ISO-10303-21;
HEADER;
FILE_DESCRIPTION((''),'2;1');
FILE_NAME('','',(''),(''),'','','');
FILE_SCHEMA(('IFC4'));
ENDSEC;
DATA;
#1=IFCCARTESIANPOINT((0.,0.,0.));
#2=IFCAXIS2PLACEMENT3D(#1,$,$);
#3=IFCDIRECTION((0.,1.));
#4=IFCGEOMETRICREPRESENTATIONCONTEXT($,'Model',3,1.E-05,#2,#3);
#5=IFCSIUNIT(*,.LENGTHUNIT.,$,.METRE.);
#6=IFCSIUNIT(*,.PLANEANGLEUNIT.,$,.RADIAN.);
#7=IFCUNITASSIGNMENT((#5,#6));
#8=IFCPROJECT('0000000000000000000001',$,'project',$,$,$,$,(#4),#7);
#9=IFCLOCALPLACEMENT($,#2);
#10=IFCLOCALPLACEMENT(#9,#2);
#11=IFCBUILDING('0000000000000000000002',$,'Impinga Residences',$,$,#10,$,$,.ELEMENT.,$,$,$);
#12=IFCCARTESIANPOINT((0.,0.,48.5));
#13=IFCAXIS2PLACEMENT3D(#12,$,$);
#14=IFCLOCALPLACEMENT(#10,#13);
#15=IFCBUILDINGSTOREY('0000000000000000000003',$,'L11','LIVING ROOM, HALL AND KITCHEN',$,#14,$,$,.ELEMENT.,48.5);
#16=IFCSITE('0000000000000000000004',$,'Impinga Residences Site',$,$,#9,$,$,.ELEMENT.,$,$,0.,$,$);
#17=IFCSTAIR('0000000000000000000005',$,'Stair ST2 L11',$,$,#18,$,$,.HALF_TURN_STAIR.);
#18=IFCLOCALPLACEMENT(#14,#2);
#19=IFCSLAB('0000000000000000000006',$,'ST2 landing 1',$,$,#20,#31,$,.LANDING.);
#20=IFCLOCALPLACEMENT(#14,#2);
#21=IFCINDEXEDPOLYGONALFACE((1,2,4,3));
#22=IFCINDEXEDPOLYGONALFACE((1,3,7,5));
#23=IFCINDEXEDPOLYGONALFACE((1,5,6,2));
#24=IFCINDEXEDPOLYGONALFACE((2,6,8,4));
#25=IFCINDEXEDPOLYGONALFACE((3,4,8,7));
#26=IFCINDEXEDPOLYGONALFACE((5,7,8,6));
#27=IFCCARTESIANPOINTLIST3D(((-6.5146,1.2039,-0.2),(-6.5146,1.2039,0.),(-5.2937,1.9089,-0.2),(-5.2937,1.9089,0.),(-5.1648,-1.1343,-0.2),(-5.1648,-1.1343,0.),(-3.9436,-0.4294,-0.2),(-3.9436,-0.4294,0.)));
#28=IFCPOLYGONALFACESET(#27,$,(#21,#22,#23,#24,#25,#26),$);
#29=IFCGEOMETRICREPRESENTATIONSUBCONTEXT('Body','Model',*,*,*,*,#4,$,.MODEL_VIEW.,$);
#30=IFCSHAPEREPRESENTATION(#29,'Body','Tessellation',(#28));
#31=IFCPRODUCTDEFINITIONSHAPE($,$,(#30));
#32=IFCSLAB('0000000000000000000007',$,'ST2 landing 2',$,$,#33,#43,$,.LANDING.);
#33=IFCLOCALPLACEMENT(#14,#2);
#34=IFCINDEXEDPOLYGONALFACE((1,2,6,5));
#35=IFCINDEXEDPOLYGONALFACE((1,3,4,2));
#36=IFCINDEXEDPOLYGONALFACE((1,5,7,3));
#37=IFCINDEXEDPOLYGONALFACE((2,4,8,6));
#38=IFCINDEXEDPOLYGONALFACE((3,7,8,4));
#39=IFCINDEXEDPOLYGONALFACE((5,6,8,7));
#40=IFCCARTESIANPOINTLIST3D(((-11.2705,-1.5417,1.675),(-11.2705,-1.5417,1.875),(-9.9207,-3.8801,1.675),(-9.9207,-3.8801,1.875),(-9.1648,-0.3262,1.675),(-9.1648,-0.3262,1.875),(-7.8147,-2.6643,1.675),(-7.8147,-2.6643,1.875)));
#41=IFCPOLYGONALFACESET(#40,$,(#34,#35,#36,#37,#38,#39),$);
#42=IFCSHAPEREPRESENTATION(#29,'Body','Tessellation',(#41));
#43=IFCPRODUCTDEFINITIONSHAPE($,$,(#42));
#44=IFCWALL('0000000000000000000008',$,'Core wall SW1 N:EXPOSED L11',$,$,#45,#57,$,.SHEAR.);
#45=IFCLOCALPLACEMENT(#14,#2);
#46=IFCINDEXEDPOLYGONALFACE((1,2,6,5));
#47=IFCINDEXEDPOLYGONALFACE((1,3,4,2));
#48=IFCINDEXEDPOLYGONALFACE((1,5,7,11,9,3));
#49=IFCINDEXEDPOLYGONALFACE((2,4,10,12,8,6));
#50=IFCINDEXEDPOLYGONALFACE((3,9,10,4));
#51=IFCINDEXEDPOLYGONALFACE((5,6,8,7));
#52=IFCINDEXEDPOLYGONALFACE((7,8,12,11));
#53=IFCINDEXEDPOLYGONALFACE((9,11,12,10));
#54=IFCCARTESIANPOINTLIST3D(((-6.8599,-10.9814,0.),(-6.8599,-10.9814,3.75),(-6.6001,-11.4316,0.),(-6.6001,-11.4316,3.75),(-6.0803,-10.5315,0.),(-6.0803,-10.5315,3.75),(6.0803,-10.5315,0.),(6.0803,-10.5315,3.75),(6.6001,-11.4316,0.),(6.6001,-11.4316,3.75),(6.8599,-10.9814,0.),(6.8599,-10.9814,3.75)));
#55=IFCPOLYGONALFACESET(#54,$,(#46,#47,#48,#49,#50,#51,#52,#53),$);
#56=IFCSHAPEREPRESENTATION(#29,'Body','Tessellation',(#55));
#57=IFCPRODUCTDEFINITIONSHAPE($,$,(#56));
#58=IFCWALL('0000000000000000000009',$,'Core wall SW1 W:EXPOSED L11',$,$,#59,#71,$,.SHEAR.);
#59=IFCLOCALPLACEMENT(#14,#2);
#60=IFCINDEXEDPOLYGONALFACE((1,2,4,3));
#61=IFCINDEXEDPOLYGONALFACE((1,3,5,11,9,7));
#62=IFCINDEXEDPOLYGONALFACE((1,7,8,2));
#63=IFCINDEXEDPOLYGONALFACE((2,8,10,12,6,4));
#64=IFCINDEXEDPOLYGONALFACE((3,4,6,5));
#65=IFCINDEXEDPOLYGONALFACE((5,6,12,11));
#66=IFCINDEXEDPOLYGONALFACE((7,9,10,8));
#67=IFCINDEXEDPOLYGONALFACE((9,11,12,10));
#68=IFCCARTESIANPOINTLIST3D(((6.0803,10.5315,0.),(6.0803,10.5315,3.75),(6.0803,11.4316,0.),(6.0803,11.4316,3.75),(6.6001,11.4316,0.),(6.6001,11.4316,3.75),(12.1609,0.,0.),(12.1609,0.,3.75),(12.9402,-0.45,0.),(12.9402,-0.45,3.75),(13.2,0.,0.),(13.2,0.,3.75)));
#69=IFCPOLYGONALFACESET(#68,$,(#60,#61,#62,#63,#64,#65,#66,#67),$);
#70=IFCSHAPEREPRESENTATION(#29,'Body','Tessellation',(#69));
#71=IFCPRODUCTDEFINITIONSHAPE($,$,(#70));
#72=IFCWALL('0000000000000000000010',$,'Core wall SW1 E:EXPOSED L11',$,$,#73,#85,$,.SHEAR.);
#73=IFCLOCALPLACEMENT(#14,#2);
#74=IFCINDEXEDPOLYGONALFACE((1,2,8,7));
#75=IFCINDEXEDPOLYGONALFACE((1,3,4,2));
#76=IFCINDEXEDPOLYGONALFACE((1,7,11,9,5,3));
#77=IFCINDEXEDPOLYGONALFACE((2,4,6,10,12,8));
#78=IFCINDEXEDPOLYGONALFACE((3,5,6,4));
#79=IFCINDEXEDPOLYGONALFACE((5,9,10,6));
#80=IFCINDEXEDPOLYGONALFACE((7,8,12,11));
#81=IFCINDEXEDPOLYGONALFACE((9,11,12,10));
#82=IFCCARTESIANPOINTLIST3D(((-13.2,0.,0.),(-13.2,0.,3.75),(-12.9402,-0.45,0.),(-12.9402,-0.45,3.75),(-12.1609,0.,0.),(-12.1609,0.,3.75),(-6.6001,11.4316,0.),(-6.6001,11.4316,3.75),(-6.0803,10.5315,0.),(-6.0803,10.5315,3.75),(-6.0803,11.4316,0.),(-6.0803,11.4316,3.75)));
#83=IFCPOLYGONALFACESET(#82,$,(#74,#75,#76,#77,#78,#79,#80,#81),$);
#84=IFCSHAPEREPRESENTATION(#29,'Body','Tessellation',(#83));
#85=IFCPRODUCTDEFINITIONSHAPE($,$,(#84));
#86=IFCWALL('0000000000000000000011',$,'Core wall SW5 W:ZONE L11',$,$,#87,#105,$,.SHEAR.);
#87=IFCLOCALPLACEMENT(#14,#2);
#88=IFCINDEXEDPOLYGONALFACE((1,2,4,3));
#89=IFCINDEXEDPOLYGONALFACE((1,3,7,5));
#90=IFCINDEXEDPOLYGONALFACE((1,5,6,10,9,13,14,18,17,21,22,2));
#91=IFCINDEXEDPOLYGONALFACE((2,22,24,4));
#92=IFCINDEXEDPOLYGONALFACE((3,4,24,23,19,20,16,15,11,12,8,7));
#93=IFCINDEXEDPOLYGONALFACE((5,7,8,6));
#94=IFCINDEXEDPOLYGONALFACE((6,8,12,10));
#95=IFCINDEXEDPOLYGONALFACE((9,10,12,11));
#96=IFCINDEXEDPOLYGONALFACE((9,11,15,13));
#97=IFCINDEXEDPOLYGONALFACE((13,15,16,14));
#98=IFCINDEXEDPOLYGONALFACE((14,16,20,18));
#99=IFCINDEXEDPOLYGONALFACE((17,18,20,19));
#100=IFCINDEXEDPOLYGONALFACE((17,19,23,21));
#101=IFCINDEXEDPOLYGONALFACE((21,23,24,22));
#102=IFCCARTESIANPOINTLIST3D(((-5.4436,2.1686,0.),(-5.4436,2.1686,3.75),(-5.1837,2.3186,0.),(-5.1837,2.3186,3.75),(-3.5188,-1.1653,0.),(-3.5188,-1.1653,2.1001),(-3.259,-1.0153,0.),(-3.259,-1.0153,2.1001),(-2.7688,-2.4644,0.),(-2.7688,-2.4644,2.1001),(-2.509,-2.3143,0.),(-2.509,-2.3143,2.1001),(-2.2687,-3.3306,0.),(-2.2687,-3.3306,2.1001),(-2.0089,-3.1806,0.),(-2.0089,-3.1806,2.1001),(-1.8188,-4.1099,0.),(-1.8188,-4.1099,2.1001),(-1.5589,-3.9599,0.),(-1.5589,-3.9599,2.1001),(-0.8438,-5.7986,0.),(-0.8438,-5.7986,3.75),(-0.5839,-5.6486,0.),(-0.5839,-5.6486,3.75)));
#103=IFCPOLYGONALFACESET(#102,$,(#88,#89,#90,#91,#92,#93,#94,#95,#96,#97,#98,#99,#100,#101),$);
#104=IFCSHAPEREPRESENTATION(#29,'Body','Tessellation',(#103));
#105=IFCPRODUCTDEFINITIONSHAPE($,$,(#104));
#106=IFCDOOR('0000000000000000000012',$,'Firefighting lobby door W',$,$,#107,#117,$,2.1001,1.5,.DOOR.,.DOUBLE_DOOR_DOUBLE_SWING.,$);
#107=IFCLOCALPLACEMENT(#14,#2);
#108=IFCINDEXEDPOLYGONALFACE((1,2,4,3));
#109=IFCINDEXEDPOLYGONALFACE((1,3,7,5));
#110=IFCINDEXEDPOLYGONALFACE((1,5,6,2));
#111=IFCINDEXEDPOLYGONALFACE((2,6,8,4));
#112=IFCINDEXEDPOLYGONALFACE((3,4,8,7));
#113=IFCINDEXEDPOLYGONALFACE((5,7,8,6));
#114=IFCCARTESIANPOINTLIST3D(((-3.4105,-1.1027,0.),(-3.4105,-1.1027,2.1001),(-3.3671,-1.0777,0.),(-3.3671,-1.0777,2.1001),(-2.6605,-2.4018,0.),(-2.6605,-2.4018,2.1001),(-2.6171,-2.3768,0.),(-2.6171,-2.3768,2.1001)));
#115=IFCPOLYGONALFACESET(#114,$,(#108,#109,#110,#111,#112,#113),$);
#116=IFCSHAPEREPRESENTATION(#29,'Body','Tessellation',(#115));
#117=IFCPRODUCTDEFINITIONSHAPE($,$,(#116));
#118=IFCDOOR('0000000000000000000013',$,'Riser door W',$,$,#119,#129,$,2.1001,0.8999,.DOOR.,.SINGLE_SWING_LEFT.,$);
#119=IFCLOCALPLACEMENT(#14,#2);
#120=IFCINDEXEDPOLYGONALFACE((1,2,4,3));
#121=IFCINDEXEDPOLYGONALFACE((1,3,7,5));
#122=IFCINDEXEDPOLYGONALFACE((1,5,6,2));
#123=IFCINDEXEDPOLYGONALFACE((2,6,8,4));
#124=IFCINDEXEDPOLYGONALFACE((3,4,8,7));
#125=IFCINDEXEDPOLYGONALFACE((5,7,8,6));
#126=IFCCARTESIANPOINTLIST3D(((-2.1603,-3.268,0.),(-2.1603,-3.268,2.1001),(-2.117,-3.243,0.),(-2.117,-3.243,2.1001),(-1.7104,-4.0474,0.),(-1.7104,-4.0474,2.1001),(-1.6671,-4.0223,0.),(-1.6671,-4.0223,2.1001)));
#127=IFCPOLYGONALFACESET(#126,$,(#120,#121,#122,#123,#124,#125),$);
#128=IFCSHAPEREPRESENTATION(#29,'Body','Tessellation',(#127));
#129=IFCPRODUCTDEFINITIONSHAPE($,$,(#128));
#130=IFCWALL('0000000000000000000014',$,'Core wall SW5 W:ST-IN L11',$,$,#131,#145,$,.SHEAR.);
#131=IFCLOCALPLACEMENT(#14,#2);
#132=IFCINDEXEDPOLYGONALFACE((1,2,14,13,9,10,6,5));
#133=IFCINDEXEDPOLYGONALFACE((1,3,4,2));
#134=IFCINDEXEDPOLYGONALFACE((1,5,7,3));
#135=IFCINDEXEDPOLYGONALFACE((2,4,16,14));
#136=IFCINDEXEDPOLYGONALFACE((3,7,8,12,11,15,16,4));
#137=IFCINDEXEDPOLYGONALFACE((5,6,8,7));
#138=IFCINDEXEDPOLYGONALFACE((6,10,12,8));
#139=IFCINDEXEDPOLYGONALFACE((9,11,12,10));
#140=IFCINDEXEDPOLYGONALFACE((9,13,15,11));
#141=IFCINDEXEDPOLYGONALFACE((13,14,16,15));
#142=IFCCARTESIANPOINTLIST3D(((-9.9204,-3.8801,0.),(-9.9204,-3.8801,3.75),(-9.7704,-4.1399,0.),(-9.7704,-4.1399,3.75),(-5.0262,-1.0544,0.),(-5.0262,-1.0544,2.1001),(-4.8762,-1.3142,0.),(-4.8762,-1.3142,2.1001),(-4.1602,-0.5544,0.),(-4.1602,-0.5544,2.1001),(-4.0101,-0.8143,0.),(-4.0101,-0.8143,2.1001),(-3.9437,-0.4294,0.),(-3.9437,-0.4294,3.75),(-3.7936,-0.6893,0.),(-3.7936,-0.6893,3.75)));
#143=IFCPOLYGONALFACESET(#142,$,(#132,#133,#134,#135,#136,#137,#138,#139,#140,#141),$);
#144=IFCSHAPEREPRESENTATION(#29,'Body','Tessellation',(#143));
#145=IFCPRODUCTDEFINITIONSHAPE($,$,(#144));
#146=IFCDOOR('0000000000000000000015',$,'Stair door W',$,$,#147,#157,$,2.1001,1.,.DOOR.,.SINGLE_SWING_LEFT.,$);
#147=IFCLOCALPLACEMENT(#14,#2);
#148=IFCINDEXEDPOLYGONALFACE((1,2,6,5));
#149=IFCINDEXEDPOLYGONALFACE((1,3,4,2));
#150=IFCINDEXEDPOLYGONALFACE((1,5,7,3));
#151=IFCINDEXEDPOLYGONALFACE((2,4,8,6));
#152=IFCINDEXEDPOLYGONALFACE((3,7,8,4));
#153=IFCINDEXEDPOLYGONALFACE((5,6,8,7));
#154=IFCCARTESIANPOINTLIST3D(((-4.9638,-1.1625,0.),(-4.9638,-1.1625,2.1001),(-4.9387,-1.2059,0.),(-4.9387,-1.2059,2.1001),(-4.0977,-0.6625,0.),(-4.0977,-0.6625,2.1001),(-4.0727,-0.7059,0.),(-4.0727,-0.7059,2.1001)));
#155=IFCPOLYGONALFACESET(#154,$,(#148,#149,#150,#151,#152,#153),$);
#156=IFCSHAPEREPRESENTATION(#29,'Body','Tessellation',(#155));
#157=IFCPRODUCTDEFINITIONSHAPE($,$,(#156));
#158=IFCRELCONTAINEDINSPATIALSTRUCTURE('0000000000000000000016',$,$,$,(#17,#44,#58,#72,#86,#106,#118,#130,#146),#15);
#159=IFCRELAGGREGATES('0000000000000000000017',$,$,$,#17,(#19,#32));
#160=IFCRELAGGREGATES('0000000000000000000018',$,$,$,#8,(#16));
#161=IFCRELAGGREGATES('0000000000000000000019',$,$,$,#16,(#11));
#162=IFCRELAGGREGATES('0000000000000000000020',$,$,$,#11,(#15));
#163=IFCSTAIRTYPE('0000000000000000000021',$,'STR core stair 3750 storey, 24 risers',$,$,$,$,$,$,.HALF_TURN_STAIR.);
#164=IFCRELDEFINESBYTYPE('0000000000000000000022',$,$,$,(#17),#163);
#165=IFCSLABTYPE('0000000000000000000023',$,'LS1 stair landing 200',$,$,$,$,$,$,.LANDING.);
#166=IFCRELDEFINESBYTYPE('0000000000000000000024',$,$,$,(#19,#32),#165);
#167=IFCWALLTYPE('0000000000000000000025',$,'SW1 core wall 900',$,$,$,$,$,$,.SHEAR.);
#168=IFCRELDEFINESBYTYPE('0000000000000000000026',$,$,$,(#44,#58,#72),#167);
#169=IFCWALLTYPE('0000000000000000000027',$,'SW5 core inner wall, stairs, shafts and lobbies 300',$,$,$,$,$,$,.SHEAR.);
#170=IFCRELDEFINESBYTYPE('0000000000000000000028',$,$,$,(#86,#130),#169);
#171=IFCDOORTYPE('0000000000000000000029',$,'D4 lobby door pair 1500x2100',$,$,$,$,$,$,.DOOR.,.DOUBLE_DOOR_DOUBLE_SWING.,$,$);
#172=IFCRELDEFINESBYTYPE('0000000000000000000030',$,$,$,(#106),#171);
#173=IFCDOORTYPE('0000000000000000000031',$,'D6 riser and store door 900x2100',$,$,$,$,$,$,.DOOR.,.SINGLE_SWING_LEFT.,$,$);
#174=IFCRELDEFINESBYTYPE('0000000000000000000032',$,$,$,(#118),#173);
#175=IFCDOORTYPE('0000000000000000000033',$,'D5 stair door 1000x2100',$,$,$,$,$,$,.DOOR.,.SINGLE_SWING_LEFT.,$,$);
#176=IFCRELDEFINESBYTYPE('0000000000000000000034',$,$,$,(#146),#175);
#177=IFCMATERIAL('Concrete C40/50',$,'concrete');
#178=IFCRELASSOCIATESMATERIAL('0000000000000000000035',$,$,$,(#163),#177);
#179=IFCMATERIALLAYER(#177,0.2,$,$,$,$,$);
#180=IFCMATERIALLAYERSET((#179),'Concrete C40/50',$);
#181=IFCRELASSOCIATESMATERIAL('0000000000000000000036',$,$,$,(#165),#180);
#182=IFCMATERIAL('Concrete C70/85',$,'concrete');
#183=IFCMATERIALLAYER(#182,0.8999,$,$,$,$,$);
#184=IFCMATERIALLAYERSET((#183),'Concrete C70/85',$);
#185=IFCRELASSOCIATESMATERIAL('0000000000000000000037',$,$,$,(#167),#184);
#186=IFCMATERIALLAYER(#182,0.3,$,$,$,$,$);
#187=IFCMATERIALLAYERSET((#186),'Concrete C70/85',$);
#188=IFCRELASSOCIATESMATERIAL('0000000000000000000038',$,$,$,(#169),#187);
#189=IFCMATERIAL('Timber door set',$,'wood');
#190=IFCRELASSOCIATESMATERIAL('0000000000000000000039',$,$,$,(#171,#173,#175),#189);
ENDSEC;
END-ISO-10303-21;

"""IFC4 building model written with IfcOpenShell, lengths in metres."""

from ifc_helpers import new_model, si_unit, direction, frame, frame_2d, origin, place, context, subcontext, project, spatial, polyline, rectangle, outline, extrude, material, layer, layer_set, type_object, element, fill, aggregate, save


model = new_model("IFC4")

# Units and contexts
model_context = context("Model", 3, precision=1e-05, world=origin(), true_north=direction((0.0, 1.0)))
body_context = subcontext(model_context, "Body", "Model", "MODEL_VIEW")
ifc_project = project(units=[si_unit("LENGTHUNIT", "METRE"), si_unit("PLANEANGLEUNIT", "RADIAN")], contexts=[model_context])

# Site, building, storey
site_placement = place(None, origin())
site = spatial("IfcSite", under=ifc_project, at=site_placement, Name="Impinga Residences Site", CompositionType="ELEMENT", RefElevation=0.0)
building_placement = place(site_placement, origin())
building = spatial("IfcBuilding", under=site, at=building_placement, Name="Impinga Residences", CompositionType="ELEMENT")
storey_placement = place(building_placement, frame((0.0, 0.0, 48.5)))
storey = spatial("IfcBuildingStorey", under=building, at=storey_placement, Name="L11", Description="LIVING ROOM, HALL AND KITCHEN", CompositionType="ELEMENT", Elevation=48.5)

# Stair, slabs
ifc_material_1 = material(Name="Concrete C40/50", Category="concrete")
stair_type = type_object("IfcStairType", Name="STR core stair 3750 storey, 24 risers", PredefinedType="HALF_TURN_STAIR", material=ifc_material_1)
ifc_layer_1 = layer(ifc_material_1, 0.2)
ifc_layer_set_1 = layer_set([ifc_layer_1], Name="Concrete C40/50")
slab_type_1 = type_object("IfcSlabType", Name="LS1 stair landing 200", PredefinedType="LANDING", material=ifc_layer_set_1)
stair_1_placement = place(storey_placement, origin())
stair_1 = element("IfcStair", 1, at=stair_1_placement, inside=storey, type_object=stair_type, Name="Stair ST2 L11", PredefinedType="HALF_TURN_STAIR")
slab_1_placement = place(storey_placement, frame((0.0, 0.0, -0.2)))
slab_1 = element("IfcSlab", 2, at=slab_1_placement, type_object=slab_type_1, Name="ST2 landing 1", PredefinedType="LANDING", context=body_context, shape_type="SweptSolid", body=[
    extrude(outline(polyline([(-3.9436, -0.4294), (-5.2937, 1.9089), (-6.5146, 1.2039), (-5.1648, -1.1343), (-3.9436, -0.4294)])), origin(), (0.0, 0.0, 1.0), 0.2),
])
slab_2_placement = place(storey_placement, frame((0.0, 0.0, 1.675)))
slab_2 = element("IfcSlab", 3, at=slab_2_placement, type_object=slab_type_1, Name="ST2 landing 2", PredefinedType="LANDING", context=body_context, shape_type="SweptSolid", body=[
    extrude(outline(polyline([(-7.8147, -2.6643), (-9.1648, -0.3262), (-11.2705, -1.5417), (-9.9207, -3.8801), (-7.8147, -2.6643)])), origin(), (0.0, 0.0, 1.0), 0.2),
])

# Walls
ifc_material_2 = material(Name="Concrete C70/85", Category="concrete")
ifc_layer_2 = layer(ifc_material_2, 0.8999)
ifc_layer_set_2 = layer_set([ifc_layer_2], Name="Concrete C70/85")
wall_type_1 = type_object("IfcWallType", Name="SW1 core wall 900", PredefinedType="SHEAR", material=ifc_layer_set_2)
wall_1_placement = place(storey_placement, origin())
element("IfcWall", 4, at=wall_1_placement, inside=storey, type_object=wall_type_1, Name="Core wall SW1 N:EXPOSED L11", PredefinedType="SHEAR", context=body_context, shape_type="SweptSolid", body=[
    extrude(outline(polyline([(-6.6001, -11.4316), (6.6001, -11.4316), (6.8599, -10.9814), (6.0803, -10.5315), (-6.0803, -10.5315), (-6.8599, -10.9814), (-6.6001, -11.4316)])), origin(), (0.0, 0.0, 1.0), 3.75),
])
wall_2_placement = place(storey_placement, origin())
element("IfcWall", 5, at=wall_2_placement, inside=storey, type_object=wall_type_1, Name="Core wall SW1 W:EXPOSED L11", PredefinedType="SHEAR", context=body_context, shape_type="SweptSolid", body=[
    extrude(outline(polyline([(13.2, 0.0), (6.6001, 11.4316), (6.0803, 11.4316), (6.0803, 10.5315), (12.1609, 0.0), (12.9402, -0.45), (13.2, 0.0)])), origin(), (0.0, 0.0, 1.0), 3.75),
])
wall_3_placement = place(storey_placement, origin())
element("IfcWall", 6, at=wall_3_placement, inside=storey, type_object=wall_type_1, Name="Core wall SW1 E:EXPOSED L11", PredefinedType="SHEAR", context=body_context, shape_type="SweptSolid", body=[
    extrude(outline(polyline([(-6.6001, 11.4316), (-13.2, 0.0), (-12.9402, -0.45), (-12.1609, 0.0), (-6.0803, 10.5315), (-6.0803, 11.4316), (-6.6001, 11.4316)])), origin(), (0.0, 0.0, 1.0), 3.75),
])

# Wall, openings, doors
ifc_layer_3 = layer(ifc_material_2, 0.3)
ifc_layer_set_3 = layer_set([ifc_layer_3], Name="Concrete C70/85")
wall_type_2 = type_object("IfcWallType", Name="SW5 core inner wall, stairs, shafts and lobbies 300", PredefinedType="SHEAR", material=ifc_layer_set_3)
wall_4_placement = place(storey_placement, frame((-0.7139, -5.7236, 0.0), z_axis=(0.0, 0.0, 1.0), x_axis=(-0.499995, 0.866028, 0.0)))
wall_4 = element("IfcWall", 7, at=wall_4_placement, inside=storey, type_object=wall_type_2, Name="Core wall SW5 W:ZONE L11", PredefinedType="SHEAR", context=body_context, shape_type="SweptSolid", body=[
    extrude(rectangle(XDim=9.1997, YDim=0.3, at=frame_2d((4.5999, 0.0))), origin(), (0.0, 0.0, 1.0), 3.75),
])
opening_1_placement = place(wall_4_placement, frame((3.8501, 0.0, 0.0)))
opening_1 = element("IfcOpeningElement", 8, at=opening_1_placement, cuts=wall_4, PredefinedType="OPENING", context=body_context, shape_type="SweptSolid", body=[
    extrude(rectangle(XDim=1.5, YDim=2.1001, at=frame_2d((0.75, 1.05))), frame((0.0, 0.1599, 0.0), z_axis=(0.0, -1.0, 0.0), x_axis=(1.0, 0.0, 0.0)), (0.0, 0.0, 1.0), 0.3201),
])
opening_2_placement = place(wall_4_placement, frame((1.95, 0.0, 0.0)))
opening_2 = element("IfcOpeningElement", 9, at=opening_2_placement, cuts=wall_4, PredefinedType="OPENING", context=body_context, shape_type="SweptSolid", body=[
    extrude(rectangle(XDim=0.8999, YDim=2.1001, at=frame_2d((0.45, 1.05))), frame((0.0, 0.1599, 0.0), z_axis=(0.0, -1.0, 0.0), x_axis=(1.0, 0.0, 0.0)), (0.0, 0.0, 1.0), 0.3201),
])
ifc_material_3 = material(Name="Timber door set", Category="wood")
door_type_1 = type_object("IfcDoorType", Name="D4 lobby door pair 1500x2100", OperationType="DOUBLE_DOOR_DOUBLE_SWING", PredefinedType="DOOR", material=ifc_material_3)
door_1_placement = place(opening_1_placement, origin())
door_1 = element("IfcDoor", 10, at=door_1_placement, inside=storey, type_object=door_type_1, Name="Firefighting lobby door W", OperationType="DOUBLE_DOOR_DOUBLE_SWING", OverallHeight=2.1001, OverallWidth=1.5, PredefinedType="DOOR", context=body_context, shape_type="SweptSolid", body=[
    extrude(rectangle(XDim=1.5, YDim=2.1001, at=frame_2d((0.75, 1.05))), frame((0.0, 0.0249, 0.0), z_axis=(0.0, -1.0, 0.0), x_axis=(1.0, 0.0, 0.0)), (0.0, 0.0, 1.0), 0.05),
])
fill(opening_1, door_1)
door_type_2 = type_object("IfcDoorType", Name="D6 riser and store door 900x2100", OperationType="SINGLE_SWING_LEFT", PredefinedType="DOOR", material=ifc_material_3)
door_2_placement = place(opening_2_placement, origin())
door_2 = element("IfcDoor", 11, at=door_2_placement, inside=storey, type_object=door_type_2, Name="Riser door W", OperationType="SINGLE_SWING_LEFT", OverallHeight=2.1001, OverallWidth=0.8999, PredefinedType="DOOR", context=body_context, shape_type="SweptSolid", body=[
    extrude(rectangle(XDim=0.8999, YDim=2.1001, at=frame_2d((0.45, 1.05))), frame((0.0, 0.0249, 0.0), z_axis=(0.0, -1.0, 0.0), x_axis=(1.0, 0.0, 0.0)), (0.0, 0.0, 1.0), 0.05),
])
fill(opening_2, door_2)

# Wall, opening, door
wall_5_placement = place(storey_placement, frame((-3.8687, -0.5593, 0.0), z_axis=(0.0, 0.0, 1.0), x_axis=(-0.866027, -0.499997, 0.0)))
wall_5 = element("IfcWall", 12, at=wall_5_placement, inside=storey, type_object=wall_type_2, Name="Core wall SW5 W:ST-IN L11", PredefinedType="SHEAR", context=body_context, shape_type="SweptSolid", body=[
    extrude(rectangle(XDim=6.9014, YDim=0.3, at=frame_2d((3.4507, 0.0))), origin(), (0.0, 0.0, 1.0), 3.75),
])
opening_3_placement = place(wall_5_placement, frame((0.25, 0.0, 0.0)))
opening_3 = element("IfcOpeningElement", 13, at=opening_3_placement, cuts=wall_5, PredefinedType="OPENING", context=body_context, shape_type="SweptSolid", body=[
    extrude(rectangle(XDim=1.0, YDim=2.1001, at=frame_2d((0.5, 1.05))), frame((0.0, 0.1599, 0.0), z_axis=(0.0, -1.0, 0.0), x_axis=(1.0, 0.0, 0.0)), (0.0, 0.0, 1.0), 0.3201),
])
door_type_3 = type_object("IfcDoorType", Name="D5 stair door 1000x2100", OperationType="SINGLE_SWING_LEFT", PredefinedType="DOOR", material=ifc_material_3)
door_3_placement = place(opening_3_placement, origin())
door_3 = element("IfcDoor", 14, at=door_3_placement, inside=storey, type_object=door_type_3, Name="Stair door W", OperationType="SINGLE_SWING_LEFT", OverallHeight=2.1001, OverallWidth=1.0, PredefinedType="DOOR", context=body_context, shape_type="SweptSolid", body=[
    extrude(rectangle(XDim=1.0, YDim=2.1001, at=frame_2d((0.5, 1.05))), frame((0.0, 0.0249, 0.0), z_axis=(0.0, -1.0, 0.0), x_axis=(1.0, 0.0, 0.0)), (0.0, 0.0, 1.0), 0.05),
])
fill(opening_3, door_3)

aggregate(stair_1, [slab_1, slab_2])

save(model, "model.ifc")
